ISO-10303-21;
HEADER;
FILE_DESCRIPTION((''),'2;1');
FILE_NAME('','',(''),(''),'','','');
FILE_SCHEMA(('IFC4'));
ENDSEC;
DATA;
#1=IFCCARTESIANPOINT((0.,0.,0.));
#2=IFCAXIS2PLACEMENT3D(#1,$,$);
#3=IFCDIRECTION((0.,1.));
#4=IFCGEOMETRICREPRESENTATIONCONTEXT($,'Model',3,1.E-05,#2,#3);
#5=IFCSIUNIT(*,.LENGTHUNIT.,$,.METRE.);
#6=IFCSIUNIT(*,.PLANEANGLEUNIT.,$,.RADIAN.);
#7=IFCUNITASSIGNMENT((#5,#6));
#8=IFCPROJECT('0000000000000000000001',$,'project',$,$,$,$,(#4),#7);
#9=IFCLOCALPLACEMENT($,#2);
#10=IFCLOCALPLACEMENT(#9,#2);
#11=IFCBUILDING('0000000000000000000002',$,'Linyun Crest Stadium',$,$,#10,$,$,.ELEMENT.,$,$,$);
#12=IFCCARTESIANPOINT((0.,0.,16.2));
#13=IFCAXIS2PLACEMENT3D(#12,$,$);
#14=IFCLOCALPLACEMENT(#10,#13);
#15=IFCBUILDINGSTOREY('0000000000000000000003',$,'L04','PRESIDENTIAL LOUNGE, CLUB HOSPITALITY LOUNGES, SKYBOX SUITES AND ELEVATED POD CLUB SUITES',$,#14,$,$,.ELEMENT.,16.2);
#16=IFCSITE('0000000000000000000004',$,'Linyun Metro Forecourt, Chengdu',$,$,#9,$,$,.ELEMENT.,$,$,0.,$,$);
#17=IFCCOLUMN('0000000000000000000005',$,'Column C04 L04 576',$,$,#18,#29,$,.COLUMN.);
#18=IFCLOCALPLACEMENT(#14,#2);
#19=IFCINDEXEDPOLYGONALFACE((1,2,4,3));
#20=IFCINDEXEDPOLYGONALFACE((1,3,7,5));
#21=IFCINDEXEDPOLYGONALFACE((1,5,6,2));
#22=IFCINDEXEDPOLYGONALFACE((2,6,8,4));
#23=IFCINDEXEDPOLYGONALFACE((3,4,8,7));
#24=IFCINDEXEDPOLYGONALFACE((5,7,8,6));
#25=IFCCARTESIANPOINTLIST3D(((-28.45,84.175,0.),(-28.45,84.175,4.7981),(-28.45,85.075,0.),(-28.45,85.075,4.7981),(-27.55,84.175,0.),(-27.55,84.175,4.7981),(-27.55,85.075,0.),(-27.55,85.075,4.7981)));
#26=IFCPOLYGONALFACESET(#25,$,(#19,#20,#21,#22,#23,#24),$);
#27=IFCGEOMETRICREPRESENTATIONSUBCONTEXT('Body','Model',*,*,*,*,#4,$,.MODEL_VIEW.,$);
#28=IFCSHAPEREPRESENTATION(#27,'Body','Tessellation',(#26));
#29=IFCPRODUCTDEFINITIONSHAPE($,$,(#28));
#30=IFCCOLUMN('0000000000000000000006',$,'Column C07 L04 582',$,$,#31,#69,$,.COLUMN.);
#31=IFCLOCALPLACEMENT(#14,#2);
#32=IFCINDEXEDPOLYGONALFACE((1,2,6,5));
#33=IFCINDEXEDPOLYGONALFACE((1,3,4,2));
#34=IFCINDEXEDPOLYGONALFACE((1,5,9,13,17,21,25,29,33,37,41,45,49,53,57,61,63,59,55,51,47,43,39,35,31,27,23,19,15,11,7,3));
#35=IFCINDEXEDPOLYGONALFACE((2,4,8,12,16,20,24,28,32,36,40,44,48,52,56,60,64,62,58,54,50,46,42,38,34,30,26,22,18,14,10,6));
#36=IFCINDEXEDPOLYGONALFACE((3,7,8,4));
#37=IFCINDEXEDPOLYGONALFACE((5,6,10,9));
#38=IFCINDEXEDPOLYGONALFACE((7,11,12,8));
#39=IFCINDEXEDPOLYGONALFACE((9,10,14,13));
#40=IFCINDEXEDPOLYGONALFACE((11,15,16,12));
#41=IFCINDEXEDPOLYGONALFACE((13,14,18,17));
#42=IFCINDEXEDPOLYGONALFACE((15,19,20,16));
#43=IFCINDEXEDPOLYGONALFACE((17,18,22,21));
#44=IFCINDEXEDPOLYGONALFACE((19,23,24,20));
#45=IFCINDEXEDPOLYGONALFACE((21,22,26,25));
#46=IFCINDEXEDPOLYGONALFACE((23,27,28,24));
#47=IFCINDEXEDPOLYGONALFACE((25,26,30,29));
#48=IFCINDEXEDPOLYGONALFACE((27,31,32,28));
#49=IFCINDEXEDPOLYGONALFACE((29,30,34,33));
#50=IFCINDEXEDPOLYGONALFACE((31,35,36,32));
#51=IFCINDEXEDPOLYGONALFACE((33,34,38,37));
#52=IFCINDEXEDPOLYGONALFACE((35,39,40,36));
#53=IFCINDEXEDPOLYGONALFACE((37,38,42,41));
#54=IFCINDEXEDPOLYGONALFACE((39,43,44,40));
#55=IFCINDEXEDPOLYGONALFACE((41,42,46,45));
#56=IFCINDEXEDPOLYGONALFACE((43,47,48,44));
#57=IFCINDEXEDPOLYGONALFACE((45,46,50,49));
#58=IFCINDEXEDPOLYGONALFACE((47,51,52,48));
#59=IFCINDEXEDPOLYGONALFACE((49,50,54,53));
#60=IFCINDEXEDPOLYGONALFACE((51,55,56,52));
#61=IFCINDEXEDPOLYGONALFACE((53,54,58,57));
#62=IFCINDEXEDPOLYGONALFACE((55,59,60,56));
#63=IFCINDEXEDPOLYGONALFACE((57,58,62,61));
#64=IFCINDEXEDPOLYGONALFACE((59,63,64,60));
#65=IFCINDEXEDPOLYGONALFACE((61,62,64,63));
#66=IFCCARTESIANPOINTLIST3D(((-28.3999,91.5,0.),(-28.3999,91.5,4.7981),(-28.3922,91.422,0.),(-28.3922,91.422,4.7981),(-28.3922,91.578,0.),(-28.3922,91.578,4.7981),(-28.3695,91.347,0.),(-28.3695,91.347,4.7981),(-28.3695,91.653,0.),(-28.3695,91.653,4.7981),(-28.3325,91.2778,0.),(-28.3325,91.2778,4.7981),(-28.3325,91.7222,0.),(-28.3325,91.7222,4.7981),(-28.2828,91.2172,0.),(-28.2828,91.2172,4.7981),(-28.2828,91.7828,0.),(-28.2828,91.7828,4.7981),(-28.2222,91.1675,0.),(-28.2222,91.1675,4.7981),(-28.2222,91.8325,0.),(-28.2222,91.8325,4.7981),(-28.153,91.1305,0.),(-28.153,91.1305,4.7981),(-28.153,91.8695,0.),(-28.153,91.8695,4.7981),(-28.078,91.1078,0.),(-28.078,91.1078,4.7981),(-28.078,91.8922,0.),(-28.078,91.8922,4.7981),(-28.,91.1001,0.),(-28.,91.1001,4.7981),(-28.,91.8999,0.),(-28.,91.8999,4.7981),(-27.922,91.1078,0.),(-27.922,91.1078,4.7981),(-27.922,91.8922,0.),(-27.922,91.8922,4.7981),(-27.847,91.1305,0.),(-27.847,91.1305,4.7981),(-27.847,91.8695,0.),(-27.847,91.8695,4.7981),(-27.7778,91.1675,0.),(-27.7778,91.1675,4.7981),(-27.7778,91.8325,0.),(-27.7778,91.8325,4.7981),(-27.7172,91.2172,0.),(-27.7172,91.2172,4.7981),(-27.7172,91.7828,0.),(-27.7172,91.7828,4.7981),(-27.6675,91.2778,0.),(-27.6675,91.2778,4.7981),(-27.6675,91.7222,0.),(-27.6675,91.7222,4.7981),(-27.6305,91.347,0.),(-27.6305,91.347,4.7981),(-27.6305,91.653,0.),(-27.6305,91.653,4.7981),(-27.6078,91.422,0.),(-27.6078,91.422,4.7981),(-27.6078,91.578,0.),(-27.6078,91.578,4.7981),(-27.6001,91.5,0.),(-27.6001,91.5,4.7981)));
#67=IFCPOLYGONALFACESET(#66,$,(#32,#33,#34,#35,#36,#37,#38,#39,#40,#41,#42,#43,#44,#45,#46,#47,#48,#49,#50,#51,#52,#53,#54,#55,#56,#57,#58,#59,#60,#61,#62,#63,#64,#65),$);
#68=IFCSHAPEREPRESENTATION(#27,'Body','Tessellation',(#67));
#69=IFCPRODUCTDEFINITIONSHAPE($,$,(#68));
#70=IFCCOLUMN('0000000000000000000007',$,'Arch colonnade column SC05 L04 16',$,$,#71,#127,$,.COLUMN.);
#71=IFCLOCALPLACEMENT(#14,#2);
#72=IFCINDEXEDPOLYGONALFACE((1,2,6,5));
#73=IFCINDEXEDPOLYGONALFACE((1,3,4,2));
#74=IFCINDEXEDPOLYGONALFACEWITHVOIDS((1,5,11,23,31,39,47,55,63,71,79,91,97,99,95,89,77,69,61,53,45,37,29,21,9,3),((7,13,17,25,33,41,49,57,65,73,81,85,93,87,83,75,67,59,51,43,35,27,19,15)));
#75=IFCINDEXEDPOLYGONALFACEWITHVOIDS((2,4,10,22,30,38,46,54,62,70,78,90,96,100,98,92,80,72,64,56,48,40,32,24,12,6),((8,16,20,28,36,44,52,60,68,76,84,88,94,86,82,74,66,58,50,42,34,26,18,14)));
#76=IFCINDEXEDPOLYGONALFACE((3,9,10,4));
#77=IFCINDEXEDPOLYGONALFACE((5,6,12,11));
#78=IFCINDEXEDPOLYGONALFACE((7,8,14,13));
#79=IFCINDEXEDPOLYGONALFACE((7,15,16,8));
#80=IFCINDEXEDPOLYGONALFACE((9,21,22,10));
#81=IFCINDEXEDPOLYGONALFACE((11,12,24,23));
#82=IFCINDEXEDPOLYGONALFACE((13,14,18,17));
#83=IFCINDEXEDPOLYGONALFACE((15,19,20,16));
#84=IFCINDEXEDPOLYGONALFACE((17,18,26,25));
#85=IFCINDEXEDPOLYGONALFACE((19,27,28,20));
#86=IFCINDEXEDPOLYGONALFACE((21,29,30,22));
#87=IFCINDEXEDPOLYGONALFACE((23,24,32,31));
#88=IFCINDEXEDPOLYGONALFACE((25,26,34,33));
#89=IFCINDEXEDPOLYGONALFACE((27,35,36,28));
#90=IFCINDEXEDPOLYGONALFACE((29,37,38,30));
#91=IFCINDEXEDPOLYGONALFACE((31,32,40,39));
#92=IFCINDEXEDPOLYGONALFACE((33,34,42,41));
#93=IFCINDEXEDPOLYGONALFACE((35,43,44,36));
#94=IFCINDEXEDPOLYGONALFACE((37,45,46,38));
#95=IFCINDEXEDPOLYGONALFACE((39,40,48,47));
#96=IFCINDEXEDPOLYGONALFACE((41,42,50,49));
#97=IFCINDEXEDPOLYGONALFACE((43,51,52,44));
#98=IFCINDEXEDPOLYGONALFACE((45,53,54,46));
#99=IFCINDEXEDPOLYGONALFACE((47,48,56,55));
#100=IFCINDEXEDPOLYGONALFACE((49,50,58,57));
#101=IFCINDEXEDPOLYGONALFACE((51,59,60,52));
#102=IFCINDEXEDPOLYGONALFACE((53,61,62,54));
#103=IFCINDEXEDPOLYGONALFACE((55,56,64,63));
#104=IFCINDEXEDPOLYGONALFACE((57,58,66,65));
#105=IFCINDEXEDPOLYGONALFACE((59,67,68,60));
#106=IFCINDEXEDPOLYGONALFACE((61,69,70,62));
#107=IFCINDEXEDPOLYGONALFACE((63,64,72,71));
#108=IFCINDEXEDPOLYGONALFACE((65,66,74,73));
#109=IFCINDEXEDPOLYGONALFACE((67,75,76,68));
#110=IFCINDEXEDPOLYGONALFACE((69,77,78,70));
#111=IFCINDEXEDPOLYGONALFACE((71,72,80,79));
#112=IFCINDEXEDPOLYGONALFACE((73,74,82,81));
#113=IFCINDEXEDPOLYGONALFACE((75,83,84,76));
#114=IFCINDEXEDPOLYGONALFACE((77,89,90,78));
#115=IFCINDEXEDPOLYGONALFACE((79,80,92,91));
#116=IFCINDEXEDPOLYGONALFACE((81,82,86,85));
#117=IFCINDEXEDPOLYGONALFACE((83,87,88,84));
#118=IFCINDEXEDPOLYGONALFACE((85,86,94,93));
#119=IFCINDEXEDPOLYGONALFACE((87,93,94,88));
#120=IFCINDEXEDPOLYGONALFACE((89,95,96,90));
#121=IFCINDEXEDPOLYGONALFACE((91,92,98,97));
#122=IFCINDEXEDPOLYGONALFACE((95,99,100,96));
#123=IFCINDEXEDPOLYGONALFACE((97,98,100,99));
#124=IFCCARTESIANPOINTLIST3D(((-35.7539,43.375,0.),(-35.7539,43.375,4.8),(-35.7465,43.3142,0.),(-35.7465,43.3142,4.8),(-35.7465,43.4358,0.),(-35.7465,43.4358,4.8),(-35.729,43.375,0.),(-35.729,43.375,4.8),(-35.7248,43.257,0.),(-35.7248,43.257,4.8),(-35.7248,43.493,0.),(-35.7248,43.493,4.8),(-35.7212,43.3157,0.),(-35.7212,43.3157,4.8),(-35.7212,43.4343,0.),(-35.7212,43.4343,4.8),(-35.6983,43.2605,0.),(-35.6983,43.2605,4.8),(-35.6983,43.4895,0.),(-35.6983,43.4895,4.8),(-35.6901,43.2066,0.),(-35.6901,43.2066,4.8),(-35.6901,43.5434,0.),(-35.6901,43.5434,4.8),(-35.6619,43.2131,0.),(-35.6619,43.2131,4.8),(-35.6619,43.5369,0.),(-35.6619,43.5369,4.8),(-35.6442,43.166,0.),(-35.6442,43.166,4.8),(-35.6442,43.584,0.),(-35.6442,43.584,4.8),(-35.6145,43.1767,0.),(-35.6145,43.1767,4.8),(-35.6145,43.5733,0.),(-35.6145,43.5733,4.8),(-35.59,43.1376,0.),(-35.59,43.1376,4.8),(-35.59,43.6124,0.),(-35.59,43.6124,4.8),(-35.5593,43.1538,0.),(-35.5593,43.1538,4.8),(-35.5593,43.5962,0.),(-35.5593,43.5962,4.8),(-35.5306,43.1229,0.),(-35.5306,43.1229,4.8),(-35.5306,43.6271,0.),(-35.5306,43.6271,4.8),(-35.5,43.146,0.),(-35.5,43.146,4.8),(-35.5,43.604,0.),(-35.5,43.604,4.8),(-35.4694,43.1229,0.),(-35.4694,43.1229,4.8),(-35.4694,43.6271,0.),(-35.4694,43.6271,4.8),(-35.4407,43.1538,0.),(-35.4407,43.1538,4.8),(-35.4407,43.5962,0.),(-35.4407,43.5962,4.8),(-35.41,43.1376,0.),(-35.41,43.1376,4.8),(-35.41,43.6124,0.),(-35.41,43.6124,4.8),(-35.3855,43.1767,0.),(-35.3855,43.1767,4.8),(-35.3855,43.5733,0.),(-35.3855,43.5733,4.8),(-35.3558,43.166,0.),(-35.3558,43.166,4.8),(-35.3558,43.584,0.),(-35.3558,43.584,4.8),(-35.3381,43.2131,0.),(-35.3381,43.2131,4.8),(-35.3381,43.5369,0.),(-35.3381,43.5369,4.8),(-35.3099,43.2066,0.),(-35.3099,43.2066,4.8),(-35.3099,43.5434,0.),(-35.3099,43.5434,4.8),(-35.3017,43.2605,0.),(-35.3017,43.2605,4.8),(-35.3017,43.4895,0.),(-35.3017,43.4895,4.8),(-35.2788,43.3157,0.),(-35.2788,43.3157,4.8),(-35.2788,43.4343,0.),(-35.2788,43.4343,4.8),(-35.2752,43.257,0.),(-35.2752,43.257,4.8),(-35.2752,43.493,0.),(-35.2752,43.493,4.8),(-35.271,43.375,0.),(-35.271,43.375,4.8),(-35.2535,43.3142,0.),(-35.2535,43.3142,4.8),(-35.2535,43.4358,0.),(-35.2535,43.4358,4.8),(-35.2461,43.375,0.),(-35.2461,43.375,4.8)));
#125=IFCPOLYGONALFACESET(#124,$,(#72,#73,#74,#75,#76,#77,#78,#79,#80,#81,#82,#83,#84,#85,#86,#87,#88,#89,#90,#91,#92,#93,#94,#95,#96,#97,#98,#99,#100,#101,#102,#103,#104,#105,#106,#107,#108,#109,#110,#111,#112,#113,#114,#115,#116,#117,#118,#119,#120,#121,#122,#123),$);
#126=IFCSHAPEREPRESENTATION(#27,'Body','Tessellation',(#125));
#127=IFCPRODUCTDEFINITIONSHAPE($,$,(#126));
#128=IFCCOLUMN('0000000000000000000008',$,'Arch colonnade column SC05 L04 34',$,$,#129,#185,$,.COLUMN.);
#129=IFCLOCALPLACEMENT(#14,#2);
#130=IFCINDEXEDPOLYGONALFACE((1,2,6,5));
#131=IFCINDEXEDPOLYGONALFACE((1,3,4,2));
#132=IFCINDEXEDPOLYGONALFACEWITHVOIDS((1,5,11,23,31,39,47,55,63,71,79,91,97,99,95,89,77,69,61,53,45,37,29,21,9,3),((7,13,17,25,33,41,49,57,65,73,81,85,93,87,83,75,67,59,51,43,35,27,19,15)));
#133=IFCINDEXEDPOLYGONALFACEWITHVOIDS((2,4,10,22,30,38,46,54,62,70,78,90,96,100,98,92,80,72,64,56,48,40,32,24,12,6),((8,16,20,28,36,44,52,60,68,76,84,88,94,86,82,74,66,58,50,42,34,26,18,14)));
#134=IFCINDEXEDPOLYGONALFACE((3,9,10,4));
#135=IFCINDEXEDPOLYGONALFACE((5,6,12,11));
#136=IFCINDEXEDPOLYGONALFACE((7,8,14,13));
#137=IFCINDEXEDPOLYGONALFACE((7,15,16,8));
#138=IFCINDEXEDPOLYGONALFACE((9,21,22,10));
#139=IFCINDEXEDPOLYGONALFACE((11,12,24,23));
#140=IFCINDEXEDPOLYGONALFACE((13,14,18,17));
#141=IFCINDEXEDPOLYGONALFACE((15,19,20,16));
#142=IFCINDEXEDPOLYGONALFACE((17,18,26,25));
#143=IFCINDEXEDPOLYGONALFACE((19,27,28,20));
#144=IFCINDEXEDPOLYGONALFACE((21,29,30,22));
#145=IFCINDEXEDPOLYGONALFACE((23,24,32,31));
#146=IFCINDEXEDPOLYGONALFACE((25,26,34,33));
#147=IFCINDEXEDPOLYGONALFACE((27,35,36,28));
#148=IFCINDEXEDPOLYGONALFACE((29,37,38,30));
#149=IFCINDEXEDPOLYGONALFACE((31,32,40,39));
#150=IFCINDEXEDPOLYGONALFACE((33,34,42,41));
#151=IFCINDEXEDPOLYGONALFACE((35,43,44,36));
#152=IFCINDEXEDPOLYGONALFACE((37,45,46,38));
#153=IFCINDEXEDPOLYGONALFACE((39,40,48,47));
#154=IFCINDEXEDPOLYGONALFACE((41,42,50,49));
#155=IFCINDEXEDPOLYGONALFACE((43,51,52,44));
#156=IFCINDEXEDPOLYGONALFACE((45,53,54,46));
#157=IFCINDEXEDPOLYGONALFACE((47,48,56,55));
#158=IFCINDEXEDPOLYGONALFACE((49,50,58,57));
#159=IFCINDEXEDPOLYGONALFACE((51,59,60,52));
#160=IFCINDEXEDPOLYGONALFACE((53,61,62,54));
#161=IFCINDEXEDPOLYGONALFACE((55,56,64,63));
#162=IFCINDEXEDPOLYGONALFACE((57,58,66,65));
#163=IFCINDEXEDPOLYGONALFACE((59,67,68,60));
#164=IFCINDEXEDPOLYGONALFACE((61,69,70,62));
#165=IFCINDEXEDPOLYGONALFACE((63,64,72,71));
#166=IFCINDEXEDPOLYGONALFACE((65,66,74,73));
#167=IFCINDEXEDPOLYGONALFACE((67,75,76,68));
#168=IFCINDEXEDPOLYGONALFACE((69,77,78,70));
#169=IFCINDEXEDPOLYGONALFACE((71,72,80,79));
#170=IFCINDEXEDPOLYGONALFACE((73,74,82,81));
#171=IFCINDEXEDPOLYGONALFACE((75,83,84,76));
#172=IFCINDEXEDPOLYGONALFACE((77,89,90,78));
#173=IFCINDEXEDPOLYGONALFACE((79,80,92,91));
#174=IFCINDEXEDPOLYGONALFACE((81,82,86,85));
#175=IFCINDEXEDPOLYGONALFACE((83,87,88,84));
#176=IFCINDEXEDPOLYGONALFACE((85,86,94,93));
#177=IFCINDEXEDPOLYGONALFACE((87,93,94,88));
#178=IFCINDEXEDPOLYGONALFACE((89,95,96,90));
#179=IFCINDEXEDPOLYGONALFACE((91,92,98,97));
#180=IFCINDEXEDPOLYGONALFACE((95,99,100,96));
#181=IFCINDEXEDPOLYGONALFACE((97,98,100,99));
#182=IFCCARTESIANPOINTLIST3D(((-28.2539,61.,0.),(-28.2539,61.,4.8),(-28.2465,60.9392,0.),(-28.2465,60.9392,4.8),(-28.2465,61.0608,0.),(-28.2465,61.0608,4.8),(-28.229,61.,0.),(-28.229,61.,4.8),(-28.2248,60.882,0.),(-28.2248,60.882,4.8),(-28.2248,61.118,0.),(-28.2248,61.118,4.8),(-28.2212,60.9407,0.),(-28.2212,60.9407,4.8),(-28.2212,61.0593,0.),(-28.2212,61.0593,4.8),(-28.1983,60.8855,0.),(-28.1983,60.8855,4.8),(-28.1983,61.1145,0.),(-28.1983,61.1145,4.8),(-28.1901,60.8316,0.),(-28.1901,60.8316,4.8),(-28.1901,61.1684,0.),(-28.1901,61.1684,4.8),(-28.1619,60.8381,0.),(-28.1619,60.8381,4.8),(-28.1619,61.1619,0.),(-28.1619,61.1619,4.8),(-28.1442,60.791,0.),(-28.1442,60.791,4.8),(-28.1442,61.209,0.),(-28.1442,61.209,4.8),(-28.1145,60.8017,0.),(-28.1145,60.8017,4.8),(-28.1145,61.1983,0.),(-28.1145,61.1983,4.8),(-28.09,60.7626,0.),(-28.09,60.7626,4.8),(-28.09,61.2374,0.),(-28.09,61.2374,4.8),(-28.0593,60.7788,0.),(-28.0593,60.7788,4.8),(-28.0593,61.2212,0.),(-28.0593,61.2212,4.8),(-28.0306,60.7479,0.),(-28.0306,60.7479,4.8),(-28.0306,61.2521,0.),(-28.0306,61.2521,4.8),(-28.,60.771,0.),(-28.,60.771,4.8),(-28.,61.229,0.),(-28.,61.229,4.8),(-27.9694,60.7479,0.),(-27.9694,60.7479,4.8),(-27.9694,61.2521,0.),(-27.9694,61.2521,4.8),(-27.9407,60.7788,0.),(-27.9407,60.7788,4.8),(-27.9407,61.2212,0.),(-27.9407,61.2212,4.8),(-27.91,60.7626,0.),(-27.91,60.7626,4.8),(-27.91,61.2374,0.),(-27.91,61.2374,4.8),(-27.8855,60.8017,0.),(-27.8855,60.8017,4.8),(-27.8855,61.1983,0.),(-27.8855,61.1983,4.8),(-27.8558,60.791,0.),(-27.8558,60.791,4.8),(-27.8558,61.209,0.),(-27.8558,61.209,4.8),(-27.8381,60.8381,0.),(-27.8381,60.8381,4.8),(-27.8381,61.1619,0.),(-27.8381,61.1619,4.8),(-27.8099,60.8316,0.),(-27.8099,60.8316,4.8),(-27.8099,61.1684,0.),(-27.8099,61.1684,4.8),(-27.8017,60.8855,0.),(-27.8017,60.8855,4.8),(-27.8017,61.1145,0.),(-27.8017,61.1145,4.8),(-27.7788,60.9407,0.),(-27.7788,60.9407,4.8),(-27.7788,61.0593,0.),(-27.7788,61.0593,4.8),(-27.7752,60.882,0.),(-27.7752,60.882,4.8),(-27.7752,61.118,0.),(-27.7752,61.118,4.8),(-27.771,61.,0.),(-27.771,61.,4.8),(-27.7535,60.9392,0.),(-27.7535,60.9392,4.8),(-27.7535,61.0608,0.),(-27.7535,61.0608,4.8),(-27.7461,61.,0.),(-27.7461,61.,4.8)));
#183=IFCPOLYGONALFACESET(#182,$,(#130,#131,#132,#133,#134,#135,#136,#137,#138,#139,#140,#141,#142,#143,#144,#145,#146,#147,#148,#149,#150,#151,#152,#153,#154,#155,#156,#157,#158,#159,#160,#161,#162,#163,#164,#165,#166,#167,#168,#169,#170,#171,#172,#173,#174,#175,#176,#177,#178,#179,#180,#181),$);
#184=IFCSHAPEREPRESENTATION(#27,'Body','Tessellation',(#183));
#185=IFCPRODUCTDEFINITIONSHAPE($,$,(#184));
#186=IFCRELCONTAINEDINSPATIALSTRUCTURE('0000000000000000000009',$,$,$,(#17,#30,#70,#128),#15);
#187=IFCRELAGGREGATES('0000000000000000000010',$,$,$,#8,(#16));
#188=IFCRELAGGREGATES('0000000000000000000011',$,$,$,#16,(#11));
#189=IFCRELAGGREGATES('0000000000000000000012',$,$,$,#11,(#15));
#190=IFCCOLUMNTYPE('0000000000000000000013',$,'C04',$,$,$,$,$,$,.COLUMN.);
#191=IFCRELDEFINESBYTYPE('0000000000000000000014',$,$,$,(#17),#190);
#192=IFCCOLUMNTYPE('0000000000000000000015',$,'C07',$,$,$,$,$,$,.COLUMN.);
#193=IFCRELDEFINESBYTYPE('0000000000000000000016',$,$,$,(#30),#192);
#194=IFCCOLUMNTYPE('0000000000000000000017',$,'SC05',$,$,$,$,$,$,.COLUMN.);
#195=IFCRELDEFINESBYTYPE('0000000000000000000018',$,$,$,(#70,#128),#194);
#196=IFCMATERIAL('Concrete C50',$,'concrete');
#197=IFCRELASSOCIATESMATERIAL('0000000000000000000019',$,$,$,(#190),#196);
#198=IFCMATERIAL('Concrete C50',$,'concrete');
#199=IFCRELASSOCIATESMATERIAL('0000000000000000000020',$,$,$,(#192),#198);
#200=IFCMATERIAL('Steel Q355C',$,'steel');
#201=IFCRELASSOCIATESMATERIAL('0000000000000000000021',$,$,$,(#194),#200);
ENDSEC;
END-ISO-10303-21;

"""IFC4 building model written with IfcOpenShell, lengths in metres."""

from ifc_helpers import new_model, si_unit, direction, frame, origin, origin_2d, place, context, subcontext, project, spatial, rectangle, circle, hollow_circle, extrude, material, material_profile, profile_set, type_object, element, save


model = new_model("IFC4")

# Units and contexts
model_context = context("Model", 3, precision=1e-05, world=origin(), true_north=direction((0.0, 1.0)))
body_context = subcontext(model_context, "Body", "Model", "MODEL_VIEW")
ifc_project = project(units=[si_unit("LENGTHUNIT", "METRE"), si_unit("PLANEANGLEUNIT", "RADIAN")], contexts=[model_context])

# Site, building, storey
site_placement = place(None, origin())
site = spatial("IfcSite", under=ifc_project, at=site_placement, Name="Linyun Metro Forecourt, Chengdu", CompositionType="ELEMENT", RefElevation=0.0)
building_placement = place(site_placement, origin())
building = spatial("IfcBuilding", under=site, at=building_placement, Name="Linyun Crest Stadium", CompositionType="ELEMENT")
storey_placement = place(building_placement, frame((0.0, 0.0, 16.2)))
storey = spatial("IfcBuildingStorey", under=building, at=storey_placement, Name="L04", Description="PRESIDENTIAL LOUNGE, CLUB HOSPITALITY LOUNGES, SKYBOX SUITES AND ELEVATED POD CLUB SUITES", CompositionType="ELEMENT", Elevation=16.2)

# Columns
ifc_material_1 = material(Name="Concrete C50", Category="concrete")
ifc_material_profile_1 = material_profile(ifc_material_1, rectangle(XDim=0.8999, YDim=0.8999, at=origin_2d()), Name="RC 900x900")
ifc_profile_set_1 = profile_set([ifc_material_profile_1], Name="Concrete C50")
column_type_1 = type_object("IfcColumnType", Name="C04", PredefinedType="COLUMN", material=ifc_profile_set_1)
column_1_placement = place(storey_placement, frame((-28.0, 84.625, 0.0), z_axis=(0.0, 0.0, 1.0), x_axis=(1.0, 0.0, 0.0)))
element("IfcColumn", 1, at=column_1_placement, inside=storey, type_object=column_type_1, Name="Column C04 L04 576", PredefinedType="COLUMN", context=body_context, shape_type="SweptSolid", body=[
    extrude(rectangle(XDim=0.8999, YDim=0.8999, at=origin_2d()), origin(), (0.0, 0.0, 1.0), 4.7981),
])
ifc_material_2 = material(Name="Concrete C50", Category="concrete")
ifc_material_profile_2 = material_profile(ifc_material_2, circle(Radius=0.3999, at=origin_2d()), Name="RC D800")
ifc_profile_set_2 = profile_set([ifc_material_profile_2], Name="Concrete C50")
column_type_2 = type_object("IfcColumnType", Name="C07", PredefinedType="COLUMN", material=ifc_profile_set_2)
column_2_placement = place(storey_placement, frame((-28.0, 91.5, 0.0), z_axis=(0.0, 0.0, 1.0), x_axis=(1.0, 0.0, 0.0)))
element("IfcColumn", 2, at=column_2_placement, inside=storey, type_object=column_type_2, Name="Column C07 L04 582", PredefinedType="COLUMN", context=body_context, shape_type="SweptSolid", body=[
    extrude(circle(Radius=0.3999, at=origin_2d()), origin(), (0.0, 0.0, 1.0), 4.7981),
])
ifc_material_3 = material(Name="Steel Q355C", Category="steel")
ifc_material_profile_3 = material_profile(ifc_material_3, hollow_circle(Radius=0.2539, WallThickness=0.0249, at=origin_2d()), Name="CHS 508x25")
ifc_profile_set_3 = profile_set([ifc_material_profile_3], Name="Steel Q355C")
column_type_3 = type_object("IfcColumnType", Name="SC05", PredefinedType="COLUMN", material=ifc_profile_set_3)
for number, where, z_axis, x_axis, name in (
    (3, (-35.5, 43.375, 0.0), (0.0, 0.0, 1.0), (1.0, 0.0, 0.0), "Arch colonnade column SC05 L04 16"),
    (4, (-28.0, 61.0, 0.0), (0.0, 0.0, 1.0), (1.0, 0.0, 0.0), "Arch colonnade column SC05 L04 34"),
):
    element("IfcColumn", number, at=place(storey_placement, frame(where, z_axis=z_axis, x_axis=x_axis)), inside=storey, type_object=column_type_3, Name=name, PredefinedType="COLUMN", context=body_context, shape_type="SweptSolid", body=[
        extrude(hollow_circle(Radius=0.2539, WallThickness=0.0249, at=origin_2d()), origin(), (0.0, 0.0, 1.0), 4.8),
    ])

save(model, "model.ifc")
